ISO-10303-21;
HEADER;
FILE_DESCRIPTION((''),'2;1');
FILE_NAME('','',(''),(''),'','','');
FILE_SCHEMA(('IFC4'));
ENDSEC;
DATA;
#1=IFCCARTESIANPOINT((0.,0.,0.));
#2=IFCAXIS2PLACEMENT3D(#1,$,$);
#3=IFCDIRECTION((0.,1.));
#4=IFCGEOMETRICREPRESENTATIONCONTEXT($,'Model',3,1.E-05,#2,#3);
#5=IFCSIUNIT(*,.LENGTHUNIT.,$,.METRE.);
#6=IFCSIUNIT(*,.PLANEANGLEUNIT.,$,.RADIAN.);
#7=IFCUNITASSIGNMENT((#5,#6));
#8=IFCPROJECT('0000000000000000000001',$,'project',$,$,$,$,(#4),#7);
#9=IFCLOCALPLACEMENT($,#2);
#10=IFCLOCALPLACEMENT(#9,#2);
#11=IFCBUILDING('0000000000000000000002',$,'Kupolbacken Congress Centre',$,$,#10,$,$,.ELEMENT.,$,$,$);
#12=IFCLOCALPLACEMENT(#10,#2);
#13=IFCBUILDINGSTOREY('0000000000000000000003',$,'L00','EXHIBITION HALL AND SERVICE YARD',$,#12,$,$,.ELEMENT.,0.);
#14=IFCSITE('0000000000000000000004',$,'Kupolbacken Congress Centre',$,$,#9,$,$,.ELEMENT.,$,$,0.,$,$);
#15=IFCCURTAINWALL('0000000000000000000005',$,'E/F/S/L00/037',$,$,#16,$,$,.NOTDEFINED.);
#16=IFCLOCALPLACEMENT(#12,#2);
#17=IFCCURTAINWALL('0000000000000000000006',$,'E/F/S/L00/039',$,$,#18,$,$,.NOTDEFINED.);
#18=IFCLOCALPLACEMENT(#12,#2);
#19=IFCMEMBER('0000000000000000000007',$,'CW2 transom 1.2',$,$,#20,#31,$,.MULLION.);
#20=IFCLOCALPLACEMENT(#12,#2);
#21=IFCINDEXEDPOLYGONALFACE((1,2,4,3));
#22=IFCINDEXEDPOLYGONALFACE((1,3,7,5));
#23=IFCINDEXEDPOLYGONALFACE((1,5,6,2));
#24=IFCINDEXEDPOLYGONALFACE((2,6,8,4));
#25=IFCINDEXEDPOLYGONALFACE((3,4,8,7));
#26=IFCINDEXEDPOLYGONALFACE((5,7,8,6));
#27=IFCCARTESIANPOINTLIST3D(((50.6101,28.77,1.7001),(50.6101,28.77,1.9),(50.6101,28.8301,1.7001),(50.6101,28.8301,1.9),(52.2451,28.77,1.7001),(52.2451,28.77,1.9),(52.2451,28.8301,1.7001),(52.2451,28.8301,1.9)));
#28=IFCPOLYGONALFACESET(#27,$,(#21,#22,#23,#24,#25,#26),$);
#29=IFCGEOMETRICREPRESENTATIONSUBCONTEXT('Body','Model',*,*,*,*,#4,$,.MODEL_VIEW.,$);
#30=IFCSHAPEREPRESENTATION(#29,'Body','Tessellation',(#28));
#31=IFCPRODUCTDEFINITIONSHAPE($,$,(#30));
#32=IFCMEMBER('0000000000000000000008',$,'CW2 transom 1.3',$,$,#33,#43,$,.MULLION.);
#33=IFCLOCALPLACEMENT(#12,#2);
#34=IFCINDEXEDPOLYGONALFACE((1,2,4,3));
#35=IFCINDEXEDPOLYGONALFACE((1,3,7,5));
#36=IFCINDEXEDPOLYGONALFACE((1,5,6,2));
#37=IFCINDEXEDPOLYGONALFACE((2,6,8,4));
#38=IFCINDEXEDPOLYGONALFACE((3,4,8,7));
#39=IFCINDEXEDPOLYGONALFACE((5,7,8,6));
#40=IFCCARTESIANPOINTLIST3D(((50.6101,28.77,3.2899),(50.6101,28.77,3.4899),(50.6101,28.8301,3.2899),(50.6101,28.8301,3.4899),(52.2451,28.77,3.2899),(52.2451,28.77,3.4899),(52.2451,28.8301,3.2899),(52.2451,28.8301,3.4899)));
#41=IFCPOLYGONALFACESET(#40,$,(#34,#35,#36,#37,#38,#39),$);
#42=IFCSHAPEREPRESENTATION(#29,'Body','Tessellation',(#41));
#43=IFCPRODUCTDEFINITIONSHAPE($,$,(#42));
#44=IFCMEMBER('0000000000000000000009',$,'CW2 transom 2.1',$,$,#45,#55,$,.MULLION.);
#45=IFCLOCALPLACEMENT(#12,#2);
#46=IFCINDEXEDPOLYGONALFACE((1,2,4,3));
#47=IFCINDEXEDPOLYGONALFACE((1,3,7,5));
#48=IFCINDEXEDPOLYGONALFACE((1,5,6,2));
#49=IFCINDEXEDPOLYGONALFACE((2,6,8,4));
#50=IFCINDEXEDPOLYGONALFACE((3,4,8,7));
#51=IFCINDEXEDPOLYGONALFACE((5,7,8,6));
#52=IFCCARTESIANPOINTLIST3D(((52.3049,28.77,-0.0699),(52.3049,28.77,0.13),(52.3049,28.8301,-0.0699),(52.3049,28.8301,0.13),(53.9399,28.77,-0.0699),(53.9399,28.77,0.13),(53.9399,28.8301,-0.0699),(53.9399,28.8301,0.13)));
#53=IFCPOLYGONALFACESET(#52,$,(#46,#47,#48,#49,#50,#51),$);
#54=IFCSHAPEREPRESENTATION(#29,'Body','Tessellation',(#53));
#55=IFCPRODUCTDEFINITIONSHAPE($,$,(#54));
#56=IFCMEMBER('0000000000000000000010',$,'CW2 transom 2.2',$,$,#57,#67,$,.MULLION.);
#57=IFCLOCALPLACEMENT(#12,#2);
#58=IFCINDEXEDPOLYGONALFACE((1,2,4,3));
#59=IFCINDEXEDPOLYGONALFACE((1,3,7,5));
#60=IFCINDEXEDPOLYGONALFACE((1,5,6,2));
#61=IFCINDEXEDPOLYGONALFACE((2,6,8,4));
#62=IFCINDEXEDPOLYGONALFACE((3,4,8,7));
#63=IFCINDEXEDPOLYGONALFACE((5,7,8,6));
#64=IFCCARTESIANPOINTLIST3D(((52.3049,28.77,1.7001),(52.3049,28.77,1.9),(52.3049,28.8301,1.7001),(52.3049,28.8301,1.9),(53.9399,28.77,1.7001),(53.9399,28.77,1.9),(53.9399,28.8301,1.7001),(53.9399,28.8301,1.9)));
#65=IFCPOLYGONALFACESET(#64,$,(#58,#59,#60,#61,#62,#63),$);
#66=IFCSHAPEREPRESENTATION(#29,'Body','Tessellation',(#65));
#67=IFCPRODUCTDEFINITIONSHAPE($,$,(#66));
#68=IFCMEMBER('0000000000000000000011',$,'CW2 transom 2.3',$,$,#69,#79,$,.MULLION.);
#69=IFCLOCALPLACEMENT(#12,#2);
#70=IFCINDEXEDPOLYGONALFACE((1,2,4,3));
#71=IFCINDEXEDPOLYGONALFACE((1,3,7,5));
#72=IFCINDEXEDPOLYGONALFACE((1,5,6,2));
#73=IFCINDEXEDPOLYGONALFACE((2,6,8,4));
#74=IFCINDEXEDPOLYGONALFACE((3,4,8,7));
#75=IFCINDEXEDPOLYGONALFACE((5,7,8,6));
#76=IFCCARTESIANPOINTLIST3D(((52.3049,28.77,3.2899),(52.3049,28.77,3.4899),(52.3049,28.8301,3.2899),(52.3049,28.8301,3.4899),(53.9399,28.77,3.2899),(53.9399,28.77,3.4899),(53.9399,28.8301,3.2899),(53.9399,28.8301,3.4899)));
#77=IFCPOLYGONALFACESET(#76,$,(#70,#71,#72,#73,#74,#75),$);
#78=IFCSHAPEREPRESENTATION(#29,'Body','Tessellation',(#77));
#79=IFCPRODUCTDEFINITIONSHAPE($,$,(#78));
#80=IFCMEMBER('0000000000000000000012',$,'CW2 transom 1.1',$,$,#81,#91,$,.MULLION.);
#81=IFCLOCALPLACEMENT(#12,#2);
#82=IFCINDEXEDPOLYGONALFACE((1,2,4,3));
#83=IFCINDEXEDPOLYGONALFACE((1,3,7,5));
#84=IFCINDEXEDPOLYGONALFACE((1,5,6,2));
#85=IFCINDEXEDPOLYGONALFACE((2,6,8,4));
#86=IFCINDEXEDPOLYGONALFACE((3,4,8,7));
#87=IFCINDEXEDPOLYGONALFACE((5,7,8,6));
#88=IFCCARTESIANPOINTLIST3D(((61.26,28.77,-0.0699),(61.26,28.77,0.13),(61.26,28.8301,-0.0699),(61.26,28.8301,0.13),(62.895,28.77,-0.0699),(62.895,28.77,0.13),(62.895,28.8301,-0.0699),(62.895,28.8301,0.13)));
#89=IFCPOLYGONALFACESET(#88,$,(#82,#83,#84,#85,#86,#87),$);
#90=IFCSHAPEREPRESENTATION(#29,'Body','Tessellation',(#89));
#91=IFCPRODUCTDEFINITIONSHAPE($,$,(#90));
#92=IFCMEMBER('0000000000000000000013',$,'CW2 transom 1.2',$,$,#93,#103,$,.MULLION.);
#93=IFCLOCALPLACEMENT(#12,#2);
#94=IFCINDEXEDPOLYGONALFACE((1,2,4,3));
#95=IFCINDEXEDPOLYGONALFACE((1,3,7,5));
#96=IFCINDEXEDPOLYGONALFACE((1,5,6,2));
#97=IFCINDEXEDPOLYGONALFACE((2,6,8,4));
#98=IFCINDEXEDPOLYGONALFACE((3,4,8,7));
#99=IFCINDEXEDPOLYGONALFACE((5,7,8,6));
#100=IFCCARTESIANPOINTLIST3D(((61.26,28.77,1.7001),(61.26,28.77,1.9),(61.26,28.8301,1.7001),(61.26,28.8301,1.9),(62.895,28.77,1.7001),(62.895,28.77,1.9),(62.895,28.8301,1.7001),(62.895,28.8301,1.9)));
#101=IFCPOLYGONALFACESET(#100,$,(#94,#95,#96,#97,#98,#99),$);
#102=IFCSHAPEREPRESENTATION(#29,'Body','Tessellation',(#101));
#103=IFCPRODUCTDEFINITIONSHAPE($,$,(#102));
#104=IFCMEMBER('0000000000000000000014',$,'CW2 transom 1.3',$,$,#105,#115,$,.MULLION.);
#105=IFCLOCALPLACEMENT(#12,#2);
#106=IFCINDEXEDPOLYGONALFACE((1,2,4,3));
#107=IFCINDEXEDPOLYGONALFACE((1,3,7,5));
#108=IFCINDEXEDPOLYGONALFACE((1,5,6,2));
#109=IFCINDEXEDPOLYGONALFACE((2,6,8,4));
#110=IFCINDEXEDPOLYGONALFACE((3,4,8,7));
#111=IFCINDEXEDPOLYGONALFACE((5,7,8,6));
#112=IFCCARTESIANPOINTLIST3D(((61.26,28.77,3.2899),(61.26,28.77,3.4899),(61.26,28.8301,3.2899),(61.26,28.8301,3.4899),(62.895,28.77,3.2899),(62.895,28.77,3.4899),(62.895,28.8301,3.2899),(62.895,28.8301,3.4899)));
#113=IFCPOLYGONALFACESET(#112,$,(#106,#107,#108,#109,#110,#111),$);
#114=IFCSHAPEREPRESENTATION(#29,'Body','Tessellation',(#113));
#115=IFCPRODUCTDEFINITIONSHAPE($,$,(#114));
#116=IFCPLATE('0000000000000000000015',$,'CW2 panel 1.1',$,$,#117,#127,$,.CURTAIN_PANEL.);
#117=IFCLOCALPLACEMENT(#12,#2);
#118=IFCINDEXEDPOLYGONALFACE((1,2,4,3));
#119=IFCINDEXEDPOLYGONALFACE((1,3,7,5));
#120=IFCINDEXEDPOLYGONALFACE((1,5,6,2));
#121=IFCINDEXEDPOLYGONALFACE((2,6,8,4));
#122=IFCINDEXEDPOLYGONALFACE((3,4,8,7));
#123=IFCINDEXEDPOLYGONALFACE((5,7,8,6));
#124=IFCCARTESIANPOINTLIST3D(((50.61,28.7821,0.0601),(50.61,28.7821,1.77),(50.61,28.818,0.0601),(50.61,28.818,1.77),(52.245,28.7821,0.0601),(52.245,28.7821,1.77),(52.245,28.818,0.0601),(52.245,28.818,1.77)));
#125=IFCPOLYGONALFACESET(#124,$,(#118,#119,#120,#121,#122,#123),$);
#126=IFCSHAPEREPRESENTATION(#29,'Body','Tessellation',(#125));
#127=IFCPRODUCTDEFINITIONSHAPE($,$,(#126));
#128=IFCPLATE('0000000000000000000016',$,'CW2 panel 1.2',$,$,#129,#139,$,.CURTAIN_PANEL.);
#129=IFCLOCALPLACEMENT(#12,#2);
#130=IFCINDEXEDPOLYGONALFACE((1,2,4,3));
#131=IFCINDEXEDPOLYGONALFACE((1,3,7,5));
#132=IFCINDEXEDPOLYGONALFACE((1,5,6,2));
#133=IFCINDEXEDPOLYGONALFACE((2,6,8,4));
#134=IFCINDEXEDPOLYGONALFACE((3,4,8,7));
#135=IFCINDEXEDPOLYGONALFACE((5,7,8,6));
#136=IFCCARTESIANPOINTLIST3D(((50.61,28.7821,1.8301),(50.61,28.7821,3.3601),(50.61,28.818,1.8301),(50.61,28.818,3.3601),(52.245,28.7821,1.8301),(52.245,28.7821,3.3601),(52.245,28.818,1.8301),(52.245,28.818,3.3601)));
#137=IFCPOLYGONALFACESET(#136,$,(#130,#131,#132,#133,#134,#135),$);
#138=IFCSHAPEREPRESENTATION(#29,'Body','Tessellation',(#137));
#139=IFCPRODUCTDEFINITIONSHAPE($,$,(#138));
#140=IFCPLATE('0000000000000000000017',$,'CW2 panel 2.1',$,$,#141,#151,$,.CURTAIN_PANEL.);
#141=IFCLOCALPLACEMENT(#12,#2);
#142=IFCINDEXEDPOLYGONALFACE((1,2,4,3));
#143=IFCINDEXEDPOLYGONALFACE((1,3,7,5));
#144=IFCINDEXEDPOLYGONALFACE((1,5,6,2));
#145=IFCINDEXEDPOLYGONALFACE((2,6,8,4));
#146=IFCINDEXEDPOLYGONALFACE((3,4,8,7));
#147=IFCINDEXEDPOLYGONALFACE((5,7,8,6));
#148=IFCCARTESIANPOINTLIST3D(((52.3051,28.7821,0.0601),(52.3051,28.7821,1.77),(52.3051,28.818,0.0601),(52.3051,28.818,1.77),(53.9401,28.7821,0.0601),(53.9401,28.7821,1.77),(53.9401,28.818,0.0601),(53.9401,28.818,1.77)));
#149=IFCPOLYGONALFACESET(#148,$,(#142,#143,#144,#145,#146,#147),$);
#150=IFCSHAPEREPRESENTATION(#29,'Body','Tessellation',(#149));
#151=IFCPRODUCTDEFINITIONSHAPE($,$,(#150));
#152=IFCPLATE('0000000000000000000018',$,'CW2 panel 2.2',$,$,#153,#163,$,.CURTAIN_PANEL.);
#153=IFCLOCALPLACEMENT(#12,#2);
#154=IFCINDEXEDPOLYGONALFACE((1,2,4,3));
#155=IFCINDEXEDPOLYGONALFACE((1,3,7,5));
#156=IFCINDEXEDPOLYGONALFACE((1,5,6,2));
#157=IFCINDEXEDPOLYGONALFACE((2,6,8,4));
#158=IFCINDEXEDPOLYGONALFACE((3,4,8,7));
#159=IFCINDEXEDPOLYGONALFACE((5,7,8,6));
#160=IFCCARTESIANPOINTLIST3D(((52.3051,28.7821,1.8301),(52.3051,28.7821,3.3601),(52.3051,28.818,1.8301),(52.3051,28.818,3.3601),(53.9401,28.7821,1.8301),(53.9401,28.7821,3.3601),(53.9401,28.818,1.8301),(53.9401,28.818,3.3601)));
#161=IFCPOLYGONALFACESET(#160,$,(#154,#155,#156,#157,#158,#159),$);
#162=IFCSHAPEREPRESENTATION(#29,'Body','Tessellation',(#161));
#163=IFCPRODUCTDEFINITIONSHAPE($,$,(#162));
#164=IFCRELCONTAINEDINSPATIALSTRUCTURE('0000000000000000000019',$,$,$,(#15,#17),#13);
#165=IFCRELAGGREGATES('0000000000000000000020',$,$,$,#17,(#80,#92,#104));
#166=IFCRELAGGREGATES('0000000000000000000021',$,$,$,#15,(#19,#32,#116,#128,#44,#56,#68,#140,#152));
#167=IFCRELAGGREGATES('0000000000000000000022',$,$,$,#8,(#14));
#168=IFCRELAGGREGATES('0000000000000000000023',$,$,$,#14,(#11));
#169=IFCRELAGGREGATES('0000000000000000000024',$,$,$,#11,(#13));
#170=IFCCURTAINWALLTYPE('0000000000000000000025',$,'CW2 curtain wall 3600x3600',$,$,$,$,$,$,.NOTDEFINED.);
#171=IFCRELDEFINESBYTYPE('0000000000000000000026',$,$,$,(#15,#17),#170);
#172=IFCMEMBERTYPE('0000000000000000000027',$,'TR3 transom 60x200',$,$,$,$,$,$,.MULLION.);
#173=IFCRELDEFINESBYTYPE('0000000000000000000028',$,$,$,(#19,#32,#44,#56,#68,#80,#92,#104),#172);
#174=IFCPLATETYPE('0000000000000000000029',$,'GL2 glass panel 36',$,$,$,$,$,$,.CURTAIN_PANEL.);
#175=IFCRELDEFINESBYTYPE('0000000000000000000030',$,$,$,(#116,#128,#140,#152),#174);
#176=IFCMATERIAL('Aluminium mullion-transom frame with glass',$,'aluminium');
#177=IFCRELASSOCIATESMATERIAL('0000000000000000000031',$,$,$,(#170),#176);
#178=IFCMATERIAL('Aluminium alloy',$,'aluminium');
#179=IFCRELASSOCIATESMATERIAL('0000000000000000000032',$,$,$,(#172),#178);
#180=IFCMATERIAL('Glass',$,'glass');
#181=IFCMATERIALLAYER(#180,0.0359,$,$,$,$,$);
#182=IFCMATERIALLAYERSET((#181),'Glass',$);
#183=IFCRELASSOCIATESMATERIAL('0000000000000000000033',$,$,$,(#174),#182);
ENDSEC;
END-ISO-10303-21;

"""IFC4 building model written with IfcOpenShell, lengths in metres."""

from ifc_helpers import new_model, si_unit, direction, frame, origin, origin_2d, place, context, subcontext, project, spatial, rectangle, extrude, material, layer, layer_set, material_profile, profile_set, type_object, element, aggregate, save


model = new_model("IFC4")

# Units and contexts
model_context = context("Model", 3, precision=1e-05, world=origin(), true_north=direction((0.0, 1.0)))
body_context = subcontext(model_context, "Body", "Model", "MODEL_VIEW")
ifc_project = project(units=[si_unit("LENGTHUNIT", "METRE"), si_unit("PLANEANGLEUNIT", "RADIAN")], contexts=[model_context])

# Site, building, storey
site_placement = place(None, origin())
site = spatial("IfcSite", under=ifc_project, at=site_placement, Name="Kupolbacken Congress Centre", CompositionType="ELEMENT", RefElevation=0.0)
building_placement = place(site_placement, origin())
building = spatial("IfcBuilding", under=site, at=building_placement, Name="Kupolbacken Congress Centre", CompositionType="ELEMENT")
storey_placement = place(building_placement, origin())
storey = spatial("IfcBuildingStorey", under=building, at=storey_placement, Name="L00", Description="EXHIBITION HALL AND SERVICE YARD", CompositionType="ELEMENT", Elevation=0.0)

# Curtain wall
ifc_material_1 = material(Name="Aluminium mullion-transom frame with glass", Category="aluminium")
curtain_wall_type = type_object("IfcCurtainWallType", Name="CW2 curtain wall 3600x3600", PredefinedType="NOTDEFINED", material=ifc_material_1)
curtain_wall_1_placement = place(storey_placement, origin())
curtain_wall_1 = element("IfcCurtainWall", 1, at=curtain_wall_1_placement, inside=storey, type_object=curtain_wall_type, Name="E/F/S/L00/037", PredefinedType="NOTDEFINED")

# Curtain wall
curtain_wall_2_placement = place(storey_placement, origin())
curtain_wall_2 = element("IfcCurtainWall", 2, at=curtain_wall_2_placement, inside=storey, type_object=curtain_wall_type, Name="E/F/S/L00/039", PredefinedType="NOTDEFINED")

# Members
ifc_material_2 = material(Name="Aluminium alloy", Category="aluminium")
ifc_material_profile_1 = material_profile(ifc_material_2, rectangle(XDim=0.0601, YDim=0.2, at=origin_2d()), Name="60 x 200")
ifc_profile_set_1 = profile_set([ifc_material_profile_1], Name="Aluminium alloy")
member_type_1 = type_object("IfcMemberType", Name="TR3 transom 60x200", PredefinedType="MULLION", material=ifc_profile_set_1)
member_1_placement = place(storey_placement, frame((50.6101, 28.8, 1.8), z_axis=(1.0, 0.0, 0.0), x_axis=(0.0, 1.0, 0.0)))
member_1 = element("IfcMember", 3, at=member_1_placement, type_object=member_type_1, Name="CW2 transom 1.2", PredefinedType="MULLION", context=body_context, shape_type="SweptSolid", body=[
    extrude(rectangle(XDim=0.0601, YDim=0.2, at=origin_2d()), origin(), (0.0, 0.0, 1.0), 1.635),
])
member_2_placement = place(storey_placement, frame((50.6101, 28.8, 3.3899), z_axis=(1.0, 0.0, 0.0), x_axis=(0.0, 1.0, 0.0)))
member_2 = element("IfcMember", 4, at=member_2_placement, type_object=member_type_1, Name="CW2 transom 1.3", PredefinedType="MULLION", context=body_context, shape_type="SweptSolid", body=[
    extrude(rectangle(XDim=0.0601, YDim=0.2, at=origin_2d()), origin(), (0.0, 0.0, 1.0), 1.635),
])
member_3_placement = place(storey_placement, frame((52.3049, 28.8, 0.03), z_axis=(1.0, 0.0, 0.0), x_axis=(0.0, 1.0, 0.0)))
member_3 = element("IfcMember", 5, at=member_3_placement, type_object=member_type_1, Name="CW2 transom 2.1", PredefinedType="MULLION", context=body_context, shape_type="SweptSolid", body=[
    extrude(rectangle(XDim=0.0601, YDim=0.2, at=origin_2d()), origin(), (0.0, 0.0, 1.0), 1.635),
])
member_4_placement = place(storey_placement, frame((52.3049, 28.8, 1.8), z_axis=(1.0, 0.0, 0.0), x_axis=(0.0, 1.0, 0.0)))
member_4 = element("IfcMember", 6, at=member_4_placement, type_object=member_type_1, Name="CW2 transom 2.2", PredefinedType="MULLION", context=body_context, shape_type="SweptSolid", body=[
    extrude(rectangle(XDim=0.0601, YDim=0.2, at=origin_2d()), origin(), (0.0, 0.0, 1.0), 1.635),
])
member_5_placement = place(storey_placement, frame((52.3049, 28.8, 3.3899), z_axis=(1.0, 0.0, 0.0), x_axis=(0.0, 1.0, 0.0)))
member_5 = element("IfcMember", 7, at=member_5_placement, type_object=member_type_1, Name="CW2 transom 2.3", PredefinedType="MULLION", context=body_context, shape_type="SweptSolid", body=[
    extrude(rectangle(XDim=0.0601, YDim=0.2, at=origin_2d()), origin(), (0.0, 0.0, 1.0), 1.635),
])
member_6_placement = place(storey_placement, frame((61.26, 28.8, 0.03), z_axis=(1.0, 0.0, 0.0), x_axis=(0.0, 1.0, 0.0)))
member_6 = element("IfcMember", 8, at=member_6_placement, type_object=member_type_1, Name="CW2 transom 1.1", PredefinedType="MULLION", context=body_context, shape_type="SweptSolid", body=[
    extrude(rectangle(XDim=0.0601, YDim=0.2, at=origin_2d()), origin(), (0.0, 0.0, 1.0), 1.635),
])
member_7_placement = place(storey_placement, frame((61.26, 28.8, 1.8), z_axis=(1.0, 0.0, 0.0), x_axis=(0.0, 1.0, 0.0)))
member_7 = element("IfcMember", 9, at=member_7_placement, type_object=member_type_1, Name="CW2 transom 1.2", PredefinedType="MULLION", context=body_context, shape_type="SweptSolid", body=[
    extrude(rectangle(XDim=0.0601, YDim=0.2, at=origin_2d()), origin(), (0.0, 0.0, 1.0), 1.635),
])
member_8_placement = place(storey_placement, frame((61.26, 28.8, 3.3899), z_axis=(1.0, 0.0, 0.0), x_axis=(0.0, 1.0, 0.0)))
member_8 = element("IfcMember", 10, at=member_8_placement, type_object=member_type_1, Name="CW2 transom 1.3", PredefinedType="MULLION", context=body_context, shape_type="SweptSolid", body=[
    extrude(rectangle(XDim=0.0601, YDim=0.2, at=origin_2d()), origin(), (0.0, 0.0, 1.0), 1.635),
])
aggregate(curtain_wall_2, [member_6, member_7, member_8])

# Plates
ifc_material_3 = material(Name="Glass", Category="glass")
ifc_layer_1 = layer(ifc_material_3, 0.0359)
ifc_layer_set_1 = layer_set([ifc_layer_1], Name="Glass")
plate_type = type_object("IfcPlateType", Name="GL2 glass panel 36", PredefinedType="CURTAIN_PANEL", material=ifc_layer_set_1)
plate_1_placement = place(storey_placement, frame((51.4275, 28.8, 0.0601), z_axis=(0.0, 0.0, 1.0), x_axis=(1.0, 0.0, 0.0)))
plate_1 = element("IfcPlate", 11, at=plate_1_placement, type_object=plate_type, Name="CW2 panel 1.1", PredefinedType="CURTAIN_PANEL", context=body_context, shape_type="SweptSolid", body=[
    extrude(rectangle(XDim=1.635, YDim=0.0359, at=origin_2d()), origin(), (0.0, 0.0, 1.0), 1.71),
])
plate_2_placement = place(storey_placement, frame((51.4275, 28.8, 1.8301), z_axis=(0.0, 0.0, 1.0), x_axis=(1.0, 0.0, 0.0)))
plate_2 = element("IfcPlate", 12, at=plate_2_placement, type_object=plate_type, Name="CW2 panel 1.2", PredefinedType="CURTAIN_PANEL", context=body_context, shape_type="SweptSolid", body=[
    extrude(rectangle(XDim=1.635, YDim=0.0359, at=origin_2d()), origin(), (0.0, 0.0, 1.0), 1.53),
])
plate_3_placement = place(storey_placement, frame((53.1226, 28.8, 0.0601), z_axis=(0.0, 0.0, 1.0), x_axis=(1.0, 0.0, 0.0)))
plate_3 = element("IfcPlate", 13, at=plate_3_placement, type_object=plate_type, Name="CW2 panel 2.1", PredefinedType="CURTAIN_PANEL", context=body_context, shape_type="SweptSolid", body=[
    extrude(rectangle(XDim=1.635, YDim=0.0359, at=origin_2d()), origin(), (0.0, 0.0, 1.0), 1.71),
])
plate_4_placement = place(storey_placement, frame((53.1226, 28.8, 1.8301), z_axis=(0.0, 0.0, 1.0), x_axis=(1.0, 0.0, 0.0)))
plate_4 = element("IfcPlate", 14, at=plate_4_placement, type_object=plate_type, Name="CW2 panel 2.2", PredefinedType="CURTAIN_PANEL", context=body_context, shape_type="SweptSolid", body=[
    extrude(rectangle(XDim=1.635, YDim=0.0359, at=origin_2d()), origin(), (0.0, 0.0, 1.0), 1.53),
])
aggregate(curtain_wall_1, [member_1, member_2, plate_1, plate_2, member_3, member_4, member_5, plate_3, plate_4])

save(model, "model.ifc")
